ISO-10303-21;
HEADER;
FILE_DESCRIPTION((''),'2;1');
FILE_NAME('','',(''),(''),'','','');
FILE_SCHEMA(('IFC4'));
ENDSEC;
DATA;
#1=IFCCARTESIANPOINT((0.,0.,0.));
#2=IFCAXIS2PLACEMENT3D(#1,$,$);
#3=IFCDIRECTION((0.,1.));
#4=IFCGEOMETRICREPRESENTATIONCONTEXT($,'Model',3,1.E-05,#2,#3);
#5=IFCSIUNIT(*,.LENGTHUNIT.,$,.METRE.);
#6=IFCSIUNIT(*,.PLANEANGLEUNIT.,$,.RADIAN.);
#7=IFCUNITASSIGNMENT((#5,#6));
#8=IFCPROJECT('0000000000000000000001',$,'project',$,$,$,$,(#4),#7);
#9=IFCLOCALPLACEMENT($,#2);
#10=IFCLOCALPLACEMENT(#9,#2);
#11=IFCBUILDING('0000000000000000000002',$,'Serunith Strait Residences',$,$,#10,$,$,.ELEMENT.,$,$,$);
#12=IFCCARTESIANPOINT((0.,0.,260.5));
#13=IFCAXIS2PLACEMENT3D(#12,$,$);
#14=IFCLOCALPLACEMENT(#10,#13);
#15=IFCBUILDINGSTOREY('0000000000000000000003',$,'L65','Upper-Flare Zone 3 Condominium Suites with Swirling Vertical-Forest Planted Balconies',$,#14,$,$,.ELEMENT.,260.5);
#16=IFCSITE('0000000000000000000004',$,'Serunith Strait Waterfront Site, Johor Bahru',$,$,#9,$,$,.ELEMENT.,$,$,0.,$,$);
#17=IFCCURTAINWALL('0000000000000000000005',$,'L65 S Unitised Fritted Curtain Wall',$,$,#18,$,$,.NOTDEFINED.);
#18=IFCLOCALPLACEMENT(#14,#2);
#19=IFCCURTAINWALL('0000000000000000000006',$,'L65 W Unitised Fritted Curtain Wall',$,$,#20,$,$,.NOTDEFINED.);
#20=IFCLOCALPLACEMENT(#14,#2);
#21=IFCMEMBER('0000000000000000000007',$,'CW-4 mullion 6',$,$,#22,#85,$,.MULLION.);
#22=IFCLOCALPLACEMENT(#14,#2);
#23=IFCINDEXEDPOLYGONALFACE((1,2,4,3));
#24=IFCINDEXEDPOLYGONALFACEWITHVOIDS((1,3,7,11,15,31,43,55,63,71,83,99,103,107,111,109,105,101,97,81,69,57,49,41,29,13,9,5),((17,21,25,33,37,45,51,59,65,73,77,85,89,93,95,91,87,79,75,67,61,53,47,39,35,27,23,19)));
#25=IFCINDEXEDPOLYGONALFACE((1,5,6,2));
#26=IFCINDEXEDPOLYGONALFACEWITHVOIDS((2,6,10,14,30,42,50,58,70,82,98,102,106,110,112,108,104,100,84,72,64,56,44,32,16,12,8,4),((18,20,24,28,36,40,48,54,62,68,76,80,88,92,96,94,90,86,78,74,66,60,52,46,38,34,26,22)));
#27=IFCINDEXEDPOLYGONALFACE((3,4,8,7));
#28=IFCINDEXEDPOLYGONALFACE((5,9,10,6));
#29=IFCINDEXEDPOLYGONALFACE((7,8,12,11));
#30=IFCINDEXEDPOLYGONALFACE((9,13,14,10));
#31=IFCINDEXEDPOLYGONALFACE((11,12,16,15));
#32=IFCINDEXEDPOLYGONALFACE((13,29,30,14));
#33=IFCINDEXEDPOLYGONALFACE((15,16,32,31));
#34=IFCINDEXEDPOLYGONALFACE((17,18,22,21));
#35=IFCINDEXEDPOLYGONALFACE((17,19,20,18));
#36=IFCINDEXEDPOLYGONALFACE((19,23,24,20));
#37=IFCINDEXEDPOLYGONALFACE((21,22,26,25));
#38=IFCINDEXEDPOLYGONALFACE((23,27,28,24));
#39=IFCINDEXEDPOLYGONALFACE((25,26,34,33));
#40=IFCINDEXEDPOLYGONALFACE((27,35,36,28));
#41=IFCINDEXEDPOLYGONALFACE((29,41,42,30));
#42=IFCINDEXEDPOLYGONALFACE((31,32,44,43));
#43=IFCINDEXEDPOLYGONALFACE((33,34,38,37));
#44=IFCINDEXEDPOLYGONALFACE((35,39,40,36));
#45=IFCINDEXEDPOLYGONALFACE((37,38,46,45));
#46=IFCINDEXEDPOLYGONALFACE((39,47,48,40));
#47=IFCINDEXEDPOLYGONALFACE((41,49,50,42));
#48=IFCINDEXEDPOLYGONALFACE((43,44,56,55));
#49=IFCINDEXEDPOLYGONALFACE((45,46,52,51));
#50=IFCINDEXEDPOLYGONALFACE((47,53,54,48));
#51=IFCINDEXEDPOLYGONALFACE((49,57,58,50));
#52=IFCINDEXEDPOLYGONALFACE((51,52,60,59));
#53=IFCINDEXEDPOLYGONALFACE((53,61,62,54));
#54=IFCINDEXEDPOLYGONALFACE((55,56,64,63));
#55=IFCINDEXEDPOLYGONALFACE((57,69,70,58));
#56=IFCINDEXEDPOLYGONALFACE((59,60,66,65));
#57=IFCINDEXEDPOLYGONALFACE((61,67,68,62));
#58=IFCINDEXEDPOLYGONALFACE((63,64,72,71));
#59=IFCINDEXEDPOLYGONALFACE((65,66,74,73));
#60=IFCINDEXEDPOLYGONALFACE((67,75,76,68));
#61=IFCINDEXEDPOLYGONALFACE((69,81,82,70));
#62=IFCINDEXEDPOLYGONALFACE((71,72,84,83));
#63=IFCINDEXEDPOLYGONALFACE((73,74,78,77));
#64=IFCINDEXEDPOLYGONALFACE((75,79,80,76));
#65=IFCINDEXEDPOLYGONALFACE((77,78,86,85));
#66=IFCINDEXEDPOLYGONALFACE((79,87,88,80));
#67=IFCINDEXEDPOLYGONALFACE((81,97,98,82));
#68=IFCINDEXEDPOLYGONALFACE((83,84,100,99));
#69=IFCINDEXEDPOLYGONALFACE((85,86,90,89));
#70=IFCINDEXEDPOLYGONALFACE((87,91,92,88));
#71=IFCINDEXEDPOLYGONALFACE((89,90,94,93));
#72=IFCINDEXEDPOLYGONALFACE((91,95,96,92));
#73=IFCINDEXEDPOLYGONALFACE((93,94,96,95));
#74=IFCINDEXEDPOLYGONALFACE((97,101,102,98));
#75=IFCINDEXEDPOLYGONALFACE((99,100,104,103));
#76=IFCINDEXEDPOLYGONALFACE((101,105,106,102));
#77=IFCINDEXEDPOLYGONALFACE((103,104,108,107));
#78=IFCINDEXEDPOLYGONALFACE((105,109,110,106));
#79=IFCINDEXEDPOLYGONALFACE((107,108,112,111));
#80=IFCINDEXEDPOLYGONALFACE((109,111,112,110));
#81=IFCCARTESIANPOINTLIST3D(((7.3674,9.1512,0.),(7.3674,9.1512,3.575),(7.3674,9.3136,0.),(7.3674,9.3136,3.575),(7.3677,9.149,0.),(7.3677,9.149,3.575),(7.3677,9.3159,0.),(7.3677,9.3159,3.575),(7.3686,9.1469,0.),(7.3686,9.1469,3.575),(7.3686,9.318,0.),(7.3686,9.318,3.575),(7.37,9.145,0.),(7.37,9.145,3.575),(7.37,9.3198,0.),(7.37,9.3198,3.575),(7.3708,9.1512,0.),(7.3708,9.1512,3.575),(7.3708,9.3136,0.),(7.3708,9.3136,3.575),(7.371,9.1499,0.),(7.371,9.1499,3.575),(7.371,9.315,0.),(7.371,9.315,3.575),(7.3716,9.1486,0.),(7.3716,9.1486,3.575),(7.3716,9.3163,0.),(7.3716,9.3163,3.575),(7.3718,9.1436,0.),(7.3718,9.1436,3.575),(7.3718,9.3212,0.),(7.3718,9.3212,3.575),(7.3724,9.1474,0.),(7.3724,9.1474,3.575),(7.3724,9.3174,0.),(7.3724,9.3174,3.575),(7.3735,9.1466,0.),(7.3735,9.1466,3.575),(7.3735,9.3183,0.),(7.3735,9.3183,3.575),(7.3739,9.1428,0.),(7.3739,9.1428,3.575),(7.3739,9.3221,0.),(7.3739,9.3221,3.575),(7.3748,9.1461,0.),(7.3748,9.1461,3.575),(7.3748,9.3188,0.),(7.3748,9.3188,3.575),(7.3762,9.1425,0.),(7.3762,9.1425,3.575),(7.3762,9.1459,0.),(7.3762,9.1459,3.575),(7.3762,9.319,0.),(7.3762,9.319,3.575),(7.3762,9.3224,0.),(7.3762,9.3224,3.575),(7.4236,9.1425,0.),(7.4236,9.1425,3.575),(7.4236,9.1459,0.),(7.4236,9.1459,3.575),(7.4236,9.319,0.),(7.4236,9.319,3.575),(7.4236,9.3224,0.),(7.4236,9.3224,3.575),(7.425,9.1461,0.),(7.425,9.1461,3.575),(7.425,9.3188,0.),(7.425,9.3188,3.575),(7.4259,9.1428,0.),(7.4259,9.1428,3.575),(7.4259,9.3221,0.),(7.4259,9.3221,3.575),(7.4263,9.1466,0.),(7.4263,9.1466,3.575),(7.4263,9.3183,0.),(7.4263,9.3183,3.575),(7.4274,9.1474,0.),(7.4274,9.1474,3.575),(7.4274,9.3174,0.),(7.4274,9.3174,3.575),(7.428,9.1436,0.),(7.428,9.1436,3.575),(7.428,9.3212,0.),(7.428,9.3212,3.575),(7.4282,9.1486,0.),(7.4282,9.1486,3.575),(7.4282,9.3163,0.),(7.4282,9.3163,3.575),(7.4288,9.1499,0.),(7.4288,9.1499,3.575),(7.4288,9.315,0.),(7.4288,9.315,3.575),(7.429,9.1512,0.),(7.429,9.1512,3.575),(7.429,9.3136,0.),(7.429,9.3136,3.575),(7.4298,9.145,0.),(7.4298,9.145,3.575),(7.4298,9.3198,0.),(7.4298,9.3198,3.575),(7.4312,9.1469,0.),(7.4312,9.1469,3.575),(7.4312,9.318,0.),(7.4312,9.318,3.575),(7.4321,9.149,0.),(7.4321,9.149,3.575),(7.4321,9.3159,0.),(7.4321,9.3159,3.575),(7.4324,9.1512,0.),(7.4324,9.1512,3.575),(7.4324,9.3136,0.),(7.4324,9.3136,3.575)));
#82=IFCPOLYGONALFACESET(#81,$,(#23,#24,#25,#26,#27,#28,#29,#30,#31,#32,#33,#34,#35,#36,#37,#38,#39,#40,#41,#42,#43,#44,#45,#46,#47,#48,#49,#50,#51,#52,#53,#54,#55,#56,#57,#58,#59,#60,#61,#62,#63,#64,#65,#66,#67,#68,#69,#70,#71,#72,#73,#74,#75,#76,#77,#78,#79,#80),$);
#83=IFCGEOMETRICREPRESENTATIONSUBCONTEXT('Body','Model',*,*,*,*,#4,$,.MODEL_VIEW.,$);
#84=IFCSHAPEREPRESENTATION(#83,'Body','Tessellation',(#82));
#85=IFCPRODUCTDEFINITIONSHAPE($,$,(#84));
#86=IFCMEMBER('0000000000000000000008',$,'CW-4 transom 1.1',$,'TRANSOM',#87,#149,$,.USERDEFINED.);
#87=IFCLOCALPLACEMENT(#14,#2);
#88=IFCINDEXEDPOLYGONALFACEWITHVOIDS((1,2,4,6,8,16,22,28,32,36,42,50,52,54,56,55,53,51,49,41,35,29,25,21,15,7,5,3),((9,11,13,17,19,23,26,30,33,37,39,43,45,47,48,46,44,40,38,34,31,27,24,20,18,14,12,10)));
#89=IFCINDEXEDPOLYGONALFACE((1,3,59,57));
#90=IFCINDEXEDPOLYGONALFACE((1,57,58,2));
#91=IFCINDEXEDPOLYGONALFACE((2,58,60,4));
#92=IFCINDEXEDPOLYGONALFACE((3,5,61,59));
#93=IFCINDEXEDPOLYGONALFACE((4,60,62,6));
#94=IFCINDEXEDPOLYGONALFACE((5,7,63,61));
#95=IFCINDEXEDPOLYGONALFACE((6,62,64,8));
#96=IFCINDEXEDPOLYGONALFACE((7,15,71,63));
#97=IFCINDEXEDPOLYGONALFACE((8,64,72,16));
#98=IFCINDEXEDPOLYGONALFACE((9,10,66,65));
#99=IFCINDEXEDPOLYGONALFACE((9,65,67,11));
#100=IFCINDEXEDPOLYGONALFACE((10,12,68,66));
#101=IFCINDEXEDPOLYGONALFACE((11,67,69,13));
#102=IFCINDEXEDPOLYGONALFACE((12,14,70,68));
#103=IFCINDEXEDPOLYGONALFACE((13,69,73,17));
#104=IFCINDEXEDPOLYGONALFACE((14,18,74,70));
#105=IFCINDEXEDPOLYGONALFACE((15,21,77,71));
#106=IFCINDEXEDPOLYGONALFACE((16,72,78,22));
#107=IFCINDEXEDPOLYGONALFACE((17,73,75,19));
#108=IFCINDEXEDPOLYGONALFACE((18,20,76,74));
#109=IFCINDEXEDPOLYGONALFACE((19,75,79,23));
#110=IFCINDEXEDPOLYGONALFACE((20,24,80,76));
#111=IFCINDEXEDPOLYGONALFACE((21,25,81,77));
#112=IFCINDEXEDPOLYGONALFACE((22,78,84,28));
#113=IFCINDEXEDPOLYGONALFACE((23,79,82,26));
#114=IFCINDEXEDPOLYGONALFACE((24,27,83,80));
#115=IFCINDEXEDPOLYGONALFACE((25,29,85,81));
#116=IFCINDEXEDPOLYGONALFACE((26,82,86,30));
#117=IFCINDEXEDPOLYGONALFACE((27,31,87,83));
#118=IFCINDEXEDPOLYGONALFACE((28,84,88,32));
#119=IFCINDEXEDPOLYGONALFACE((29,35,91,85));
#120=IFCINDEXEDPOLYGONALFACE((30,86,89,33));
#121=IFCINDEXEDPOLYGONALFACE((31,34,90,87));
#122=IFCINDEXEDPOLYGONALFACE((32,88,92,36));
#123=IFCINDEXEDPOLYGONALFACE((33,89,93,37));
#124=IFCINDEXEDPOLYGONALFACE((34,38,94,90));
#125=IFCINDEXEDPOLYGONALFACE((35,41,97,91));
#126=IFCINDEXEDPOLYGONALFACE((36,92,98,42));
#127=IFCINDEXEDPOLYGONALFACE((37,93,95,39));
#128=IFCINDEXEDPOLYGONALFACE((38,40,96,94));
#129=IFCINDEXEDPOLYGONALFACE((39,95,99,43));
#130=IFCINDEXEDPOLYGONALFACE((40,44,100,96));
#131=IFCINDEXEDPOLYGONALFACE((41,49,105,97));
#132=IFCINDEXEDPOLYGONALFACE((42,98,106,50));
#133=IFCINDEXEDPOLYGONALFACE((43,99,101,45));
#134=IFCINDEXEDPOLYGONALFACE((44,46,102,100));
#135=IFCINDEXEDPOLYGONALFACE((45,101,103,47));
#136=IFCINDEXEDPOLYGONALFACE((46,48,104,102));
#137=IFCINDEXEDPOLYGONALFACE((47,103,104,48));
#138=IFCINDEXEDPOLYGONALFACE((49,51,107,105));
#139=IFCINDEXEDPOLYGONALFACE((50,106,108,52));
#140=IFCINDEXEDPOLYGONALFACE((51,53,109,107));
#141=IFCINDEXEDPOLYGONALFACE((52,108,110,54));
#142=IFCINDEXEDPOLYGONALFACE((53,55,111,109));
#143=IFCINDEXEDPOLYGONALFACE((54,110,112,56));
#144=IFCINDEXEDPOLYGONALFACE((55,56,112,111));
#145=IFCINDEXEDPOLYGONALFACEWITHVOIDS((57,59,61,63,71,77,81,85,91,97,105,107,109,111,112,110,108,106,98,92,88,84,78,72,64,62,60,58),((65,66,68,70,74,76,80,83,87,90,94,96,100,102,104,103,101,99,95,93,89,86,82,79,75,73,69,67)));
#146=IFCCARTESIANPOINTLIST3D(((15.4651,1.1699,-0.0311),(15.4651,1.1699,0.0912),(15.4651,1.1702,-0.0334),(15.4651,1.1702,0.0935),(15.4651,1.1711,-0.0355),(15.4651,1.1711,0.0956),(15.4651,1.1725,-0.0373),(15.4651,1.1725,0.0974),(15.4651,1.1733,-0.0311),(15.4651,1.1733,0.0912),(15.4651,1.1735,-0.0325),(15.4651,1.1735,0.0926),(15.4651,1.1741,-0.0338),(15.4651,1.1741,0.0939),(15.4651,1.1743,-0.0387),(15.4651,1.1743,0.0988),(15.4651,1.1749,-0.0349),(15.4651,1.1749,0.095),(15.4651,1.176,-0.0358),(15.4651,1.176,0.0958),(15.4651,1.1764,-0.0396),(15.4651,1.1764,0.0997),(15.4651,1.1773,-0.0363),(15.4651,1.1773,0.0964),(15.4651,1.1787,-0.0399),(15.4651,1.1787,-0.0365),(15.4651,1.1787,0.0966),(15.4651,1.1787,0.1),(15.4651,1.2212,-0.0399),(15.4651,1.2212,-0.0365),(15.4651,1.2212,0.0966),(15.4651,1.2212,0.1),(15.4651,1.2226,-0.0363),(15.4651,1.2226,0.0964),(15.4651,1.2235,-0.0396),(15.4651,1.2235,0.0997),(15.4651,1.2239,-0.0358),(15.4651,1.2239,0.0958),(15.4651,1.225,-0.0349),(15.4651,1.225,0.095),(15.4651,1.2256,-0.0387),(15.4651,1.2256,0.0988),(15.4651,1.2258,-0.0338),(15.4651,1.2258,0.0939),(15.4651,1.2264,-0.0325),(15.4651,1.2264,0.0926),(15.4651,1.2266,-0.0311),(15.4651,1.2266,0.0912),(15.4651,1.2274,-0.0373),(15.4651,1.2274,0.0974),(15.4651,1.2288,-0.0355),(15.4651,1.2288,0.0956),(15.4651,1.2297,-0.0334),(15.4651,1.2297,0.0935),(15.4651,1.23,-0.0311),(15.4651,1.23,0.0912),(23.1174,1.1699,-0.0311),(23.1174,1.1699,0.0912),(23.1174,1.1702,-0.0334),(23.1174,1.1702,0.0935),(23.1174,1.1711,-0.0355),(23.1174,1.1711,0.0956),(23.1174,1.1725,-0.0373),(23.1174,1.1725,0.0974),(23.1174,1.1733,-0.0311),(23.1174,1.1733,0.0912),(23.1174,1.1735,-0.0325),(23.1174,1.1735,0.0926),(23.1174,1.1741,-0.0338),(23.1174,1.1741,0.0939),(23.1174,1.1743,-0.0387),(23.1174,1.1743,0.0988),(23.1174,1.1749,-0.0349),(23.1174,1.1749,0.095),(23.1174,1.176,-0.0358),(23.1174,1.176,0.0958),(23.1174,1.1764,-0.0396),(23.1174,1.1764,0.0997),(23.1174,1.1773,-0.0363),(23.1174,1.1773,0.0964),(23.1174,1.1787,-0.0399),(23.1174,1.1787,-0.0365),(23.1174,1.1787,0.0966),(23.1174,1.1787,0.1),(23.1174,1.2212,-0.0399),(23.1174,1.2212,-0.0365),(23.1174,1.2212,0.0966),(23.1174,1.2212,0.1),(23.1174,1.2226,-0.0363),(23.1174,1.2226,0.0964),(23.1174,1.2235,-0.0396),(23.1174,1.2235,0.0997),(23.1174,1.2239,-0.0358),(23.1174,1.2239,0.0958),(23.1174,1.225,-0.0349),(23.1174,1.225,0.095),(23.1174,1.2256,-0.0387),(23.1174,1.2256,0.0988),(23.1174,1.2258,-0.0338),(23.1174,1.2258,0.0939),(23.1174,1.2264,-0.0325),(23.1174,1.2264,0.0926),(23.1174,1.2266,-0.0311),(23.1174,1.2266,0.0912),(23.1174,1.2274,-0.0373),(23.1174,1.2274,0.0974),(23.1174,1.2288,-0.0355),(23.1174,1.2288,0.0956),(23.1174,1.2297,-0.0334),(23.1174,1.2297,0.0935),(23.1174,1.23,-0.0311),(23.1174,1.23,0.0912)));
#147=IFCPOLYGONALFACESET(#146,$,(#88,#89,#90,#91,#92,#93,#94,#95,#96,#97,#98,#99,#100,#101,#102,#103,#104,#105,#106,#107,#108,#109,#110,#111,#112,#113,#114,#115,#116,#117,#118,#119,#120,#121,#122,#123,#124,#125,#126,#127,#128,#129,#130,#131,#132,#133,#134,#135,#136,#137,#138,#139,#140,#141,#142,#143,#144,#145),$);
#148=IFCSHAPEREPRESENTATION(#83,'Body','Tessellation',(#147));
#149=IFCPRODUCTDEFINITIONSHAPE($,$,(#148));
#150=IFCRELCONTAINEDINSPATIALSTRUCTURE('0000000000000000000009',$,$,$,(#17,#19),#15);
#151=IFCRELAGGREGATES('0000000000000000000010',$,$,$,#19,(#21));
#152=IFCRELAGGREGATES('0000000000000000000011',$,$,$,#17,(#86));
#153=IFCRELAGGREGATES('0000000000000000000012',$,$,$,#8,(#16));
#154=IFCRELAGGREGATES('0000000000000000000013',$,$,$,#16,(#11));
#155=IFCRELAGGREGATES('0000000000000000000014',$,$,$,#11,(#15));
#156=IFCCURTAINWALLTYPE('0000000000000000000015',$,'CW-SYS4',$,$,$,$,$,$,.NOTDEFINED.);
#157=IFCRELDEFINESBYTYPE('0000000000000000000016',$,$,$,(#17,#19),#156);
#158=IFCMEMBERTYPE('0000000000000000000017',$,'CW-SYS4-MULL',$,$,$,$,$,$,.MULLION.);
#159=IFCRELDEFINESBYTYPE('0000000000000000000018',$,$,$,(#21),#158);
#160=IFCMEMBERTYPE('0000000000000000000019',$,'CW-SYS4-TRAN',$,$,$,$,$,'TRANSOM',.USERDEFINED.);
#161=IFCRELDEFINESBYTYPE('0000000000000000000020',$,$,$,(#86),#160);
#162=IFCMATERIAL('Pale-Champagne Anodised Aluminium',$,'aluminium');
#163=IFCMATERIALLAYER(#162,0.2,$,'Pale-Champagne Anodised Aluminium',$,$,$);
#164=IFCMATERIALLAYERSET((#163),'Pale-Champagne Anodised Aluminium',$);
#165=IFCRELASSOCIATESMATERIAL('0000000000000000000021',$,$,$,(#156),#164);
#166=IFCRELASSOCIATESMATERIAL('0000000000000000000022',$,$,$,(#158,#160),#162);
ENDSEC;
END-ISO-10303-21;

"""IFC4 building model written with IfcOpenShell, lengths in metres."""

from ifc_helpers import new_model, si_unit, direction, frame, origin, origin_2d, place, context, subcontext, project, spatial, hollow_rectangle, extrude, source, transform, mapped, material, layer, layer_set, material_profile, profile_set, type_object, element, aggregate, save


model = new_model("IFC4")

# Units and contexts
model_context = context("Model", 3, precision=1e-05, world=origin(), true_north=direction((0.0, 1.0)))
body_context = subcontext(model_context, "Body", "Model", "MODEL_VIEW")
ifc_project = project(units=[si_unit("LENGTHUNIT", "METRE"), si_unit("PLANEANGLEUNIT", "RADIAN")], contexts=[model_context])

# Site, building, storey
site_placement = place(None, origin())
site = spatial("IfcSite", under=ifc_project, at=site_placement, Name="Serunith Strait Waterfront Site, Johor Bahru", CompositionType="ELEMENT", RefElevation=0.0)
building_placement = place(site_placement, origin())
building = spatial("IfcBuilding", under=site, at=building_placement, Name="Serunith Strait Residences", CompositionType="ELEMENT")
storey_placement = place(building_placement, frame((0.0, 0.0, 260.5)))
storey = spatial("IfcBuildingStorey", under=building, at=storey_placement, Name="L65", Description="Upper-Flare Zone 3 Condominium Suites with Swirling Vertical-Forest Planted Balconies", CompositionType="ELEMENT", Elevation=260.5)

# Curtain walls, member
ifc_material_1 = material(Name="Pale-Champagne Anodised Aluminium", Category="aluminium")
ifc_layer_1 = layer(ifc_material_1, 0.2, Name="Pale-Champagne Anodised Aluminium")
ifc_layer_set_1 = layer_set([ifc_layer_1], Name="Pale-Champagne Anodised Aluminium")
curtain_wall_type = type_object("IfcCurtainWallType", Name="CW-SYS4", PredefinedType="NOTDEFINED", material=ifc_layer_set_1)
curtain_wall_1_placement = place(storey_placement, origin())
curtain_wall_1 = element("IfcCurtainWall", 1, at=curtain_wall_1_placement, inside=storey, type_object=curtain_wall_type, Name="L65 S Unitised Fritted Curtain Wall", PredefinedType="NOTDEFINED")
ifc_material_profile_1 = material_profile(ifc_material_1, hollow_rectangle(XDim=0.0649, YDim=0.1799, WallThickness=0.0034, InnerFilletRadius=0.0054, OuterFilletRadius=0.0088, at=origin_2d()), Name="ALU 180x65x3.5")
ifc_profile_set_1 = profile_set([ifc_material_profile_1], Name="Pale-Champagne Anodised Aluminium")
member_type_1 = type_object("IfcMemberType", Name="CW-SYS4-MULL", PredefinedType="MULLION", material=ifc_profile_set_1)
shared_shape_1 = source(origin(), body_context, "Body", "SweptSolid", [
    extrude(hollow_rectangle(XDim=0.0649, YDim=0.1799, WallThickness=0.0034, InnerFilletRadius=0.0054, OuterFilletRadius=0.0088, at=origin_2d()), origin(), (0.0, 0.0, 1.0), 3.575),
])
curtain_wall_2_placement = place(storey_placement, origin())
curtain_wall_2 = element("IfcCurtainWall", 2, at=curtain_wall_2_placement, inside=storey, type_object=curtain_wall_type, Name="L65 W Unitised Fritted Curtain Wall", PredefinedType="NOTDEFINED")
member_1_placement = place(storey_placement, frame((7.3999, 9.2324, 0.0), z_axis=(0.0, 0.0, 1.0), x_axis=(1.0, 0.0, 0.0)))
member_1 = element("IfcMember", 3, at=member_1_placement, type_object=member_type_1, Name="CW-4 mullion 6", PredefinedType="MULLION", context=body_context, shape_type="MappedRepresentation", body=[
    mapped(shared_shape_1, transform((0.0, 0.0, 0.0), scale=1.0)),
])
aggregate(curtain_wall_2, [member_1])

# Member
ifc_material_profile_2 = material_profile(ifc_material_1, hollow_rectangle(XDim=0.0601, YDim=0.1399, WallThickness=0.0034, InnerFilletRadius=0.0054, OuterFilletRadius=0.0088, at=origin_2d()), Name="ALU 140x60x3.5")
ifc_profile_set_2 = profile_set([ifc_material_profile_2], Name="Pale-Champagne Anodised Aluminium")
member_type_2 = type_object("IfcMemberType", Name="CW-SYS4-TRAN", ElementType="TRANSOM", PredefinedType="USERDEFINED", material=ifc_profile_set_2)
shared_shape_2 = source(origin(), body_context, "Body", "SweptSolid", [
    extrude(hollow_rectangle(XDim=0.0601, YDim=0.1399, WallThickness=0.0034, InnerFilletRadius=0.0054, OuterFilletRadius=0.0088, at=origin_2d()), origin(), (0.0, 0.0, 1.0), 7.6523),
])
member_2_placement = place(storey_placement, frame((15.4651, 1.2, 0.03), z_axis=(1.0, 0.0, 0.0), x_axis=(0.0, 1.0, 0.0)))
member_2 = element("IfcMember", 4, at=member_2_placement, type_object=member_type_2, Name="CW-4 transom 1.1", ObjectType="TRANSOM", PredefinedType="USERDEFINED", context=body_context, shape_type="MappedRepresentation", body=[
    mapped(shared_shape_2, transform((0.0, 0.0, 0.0), scale=1.0)),
])
aggregate(curtain_wall_1, [member_2])

save(model, "model.ifc")
